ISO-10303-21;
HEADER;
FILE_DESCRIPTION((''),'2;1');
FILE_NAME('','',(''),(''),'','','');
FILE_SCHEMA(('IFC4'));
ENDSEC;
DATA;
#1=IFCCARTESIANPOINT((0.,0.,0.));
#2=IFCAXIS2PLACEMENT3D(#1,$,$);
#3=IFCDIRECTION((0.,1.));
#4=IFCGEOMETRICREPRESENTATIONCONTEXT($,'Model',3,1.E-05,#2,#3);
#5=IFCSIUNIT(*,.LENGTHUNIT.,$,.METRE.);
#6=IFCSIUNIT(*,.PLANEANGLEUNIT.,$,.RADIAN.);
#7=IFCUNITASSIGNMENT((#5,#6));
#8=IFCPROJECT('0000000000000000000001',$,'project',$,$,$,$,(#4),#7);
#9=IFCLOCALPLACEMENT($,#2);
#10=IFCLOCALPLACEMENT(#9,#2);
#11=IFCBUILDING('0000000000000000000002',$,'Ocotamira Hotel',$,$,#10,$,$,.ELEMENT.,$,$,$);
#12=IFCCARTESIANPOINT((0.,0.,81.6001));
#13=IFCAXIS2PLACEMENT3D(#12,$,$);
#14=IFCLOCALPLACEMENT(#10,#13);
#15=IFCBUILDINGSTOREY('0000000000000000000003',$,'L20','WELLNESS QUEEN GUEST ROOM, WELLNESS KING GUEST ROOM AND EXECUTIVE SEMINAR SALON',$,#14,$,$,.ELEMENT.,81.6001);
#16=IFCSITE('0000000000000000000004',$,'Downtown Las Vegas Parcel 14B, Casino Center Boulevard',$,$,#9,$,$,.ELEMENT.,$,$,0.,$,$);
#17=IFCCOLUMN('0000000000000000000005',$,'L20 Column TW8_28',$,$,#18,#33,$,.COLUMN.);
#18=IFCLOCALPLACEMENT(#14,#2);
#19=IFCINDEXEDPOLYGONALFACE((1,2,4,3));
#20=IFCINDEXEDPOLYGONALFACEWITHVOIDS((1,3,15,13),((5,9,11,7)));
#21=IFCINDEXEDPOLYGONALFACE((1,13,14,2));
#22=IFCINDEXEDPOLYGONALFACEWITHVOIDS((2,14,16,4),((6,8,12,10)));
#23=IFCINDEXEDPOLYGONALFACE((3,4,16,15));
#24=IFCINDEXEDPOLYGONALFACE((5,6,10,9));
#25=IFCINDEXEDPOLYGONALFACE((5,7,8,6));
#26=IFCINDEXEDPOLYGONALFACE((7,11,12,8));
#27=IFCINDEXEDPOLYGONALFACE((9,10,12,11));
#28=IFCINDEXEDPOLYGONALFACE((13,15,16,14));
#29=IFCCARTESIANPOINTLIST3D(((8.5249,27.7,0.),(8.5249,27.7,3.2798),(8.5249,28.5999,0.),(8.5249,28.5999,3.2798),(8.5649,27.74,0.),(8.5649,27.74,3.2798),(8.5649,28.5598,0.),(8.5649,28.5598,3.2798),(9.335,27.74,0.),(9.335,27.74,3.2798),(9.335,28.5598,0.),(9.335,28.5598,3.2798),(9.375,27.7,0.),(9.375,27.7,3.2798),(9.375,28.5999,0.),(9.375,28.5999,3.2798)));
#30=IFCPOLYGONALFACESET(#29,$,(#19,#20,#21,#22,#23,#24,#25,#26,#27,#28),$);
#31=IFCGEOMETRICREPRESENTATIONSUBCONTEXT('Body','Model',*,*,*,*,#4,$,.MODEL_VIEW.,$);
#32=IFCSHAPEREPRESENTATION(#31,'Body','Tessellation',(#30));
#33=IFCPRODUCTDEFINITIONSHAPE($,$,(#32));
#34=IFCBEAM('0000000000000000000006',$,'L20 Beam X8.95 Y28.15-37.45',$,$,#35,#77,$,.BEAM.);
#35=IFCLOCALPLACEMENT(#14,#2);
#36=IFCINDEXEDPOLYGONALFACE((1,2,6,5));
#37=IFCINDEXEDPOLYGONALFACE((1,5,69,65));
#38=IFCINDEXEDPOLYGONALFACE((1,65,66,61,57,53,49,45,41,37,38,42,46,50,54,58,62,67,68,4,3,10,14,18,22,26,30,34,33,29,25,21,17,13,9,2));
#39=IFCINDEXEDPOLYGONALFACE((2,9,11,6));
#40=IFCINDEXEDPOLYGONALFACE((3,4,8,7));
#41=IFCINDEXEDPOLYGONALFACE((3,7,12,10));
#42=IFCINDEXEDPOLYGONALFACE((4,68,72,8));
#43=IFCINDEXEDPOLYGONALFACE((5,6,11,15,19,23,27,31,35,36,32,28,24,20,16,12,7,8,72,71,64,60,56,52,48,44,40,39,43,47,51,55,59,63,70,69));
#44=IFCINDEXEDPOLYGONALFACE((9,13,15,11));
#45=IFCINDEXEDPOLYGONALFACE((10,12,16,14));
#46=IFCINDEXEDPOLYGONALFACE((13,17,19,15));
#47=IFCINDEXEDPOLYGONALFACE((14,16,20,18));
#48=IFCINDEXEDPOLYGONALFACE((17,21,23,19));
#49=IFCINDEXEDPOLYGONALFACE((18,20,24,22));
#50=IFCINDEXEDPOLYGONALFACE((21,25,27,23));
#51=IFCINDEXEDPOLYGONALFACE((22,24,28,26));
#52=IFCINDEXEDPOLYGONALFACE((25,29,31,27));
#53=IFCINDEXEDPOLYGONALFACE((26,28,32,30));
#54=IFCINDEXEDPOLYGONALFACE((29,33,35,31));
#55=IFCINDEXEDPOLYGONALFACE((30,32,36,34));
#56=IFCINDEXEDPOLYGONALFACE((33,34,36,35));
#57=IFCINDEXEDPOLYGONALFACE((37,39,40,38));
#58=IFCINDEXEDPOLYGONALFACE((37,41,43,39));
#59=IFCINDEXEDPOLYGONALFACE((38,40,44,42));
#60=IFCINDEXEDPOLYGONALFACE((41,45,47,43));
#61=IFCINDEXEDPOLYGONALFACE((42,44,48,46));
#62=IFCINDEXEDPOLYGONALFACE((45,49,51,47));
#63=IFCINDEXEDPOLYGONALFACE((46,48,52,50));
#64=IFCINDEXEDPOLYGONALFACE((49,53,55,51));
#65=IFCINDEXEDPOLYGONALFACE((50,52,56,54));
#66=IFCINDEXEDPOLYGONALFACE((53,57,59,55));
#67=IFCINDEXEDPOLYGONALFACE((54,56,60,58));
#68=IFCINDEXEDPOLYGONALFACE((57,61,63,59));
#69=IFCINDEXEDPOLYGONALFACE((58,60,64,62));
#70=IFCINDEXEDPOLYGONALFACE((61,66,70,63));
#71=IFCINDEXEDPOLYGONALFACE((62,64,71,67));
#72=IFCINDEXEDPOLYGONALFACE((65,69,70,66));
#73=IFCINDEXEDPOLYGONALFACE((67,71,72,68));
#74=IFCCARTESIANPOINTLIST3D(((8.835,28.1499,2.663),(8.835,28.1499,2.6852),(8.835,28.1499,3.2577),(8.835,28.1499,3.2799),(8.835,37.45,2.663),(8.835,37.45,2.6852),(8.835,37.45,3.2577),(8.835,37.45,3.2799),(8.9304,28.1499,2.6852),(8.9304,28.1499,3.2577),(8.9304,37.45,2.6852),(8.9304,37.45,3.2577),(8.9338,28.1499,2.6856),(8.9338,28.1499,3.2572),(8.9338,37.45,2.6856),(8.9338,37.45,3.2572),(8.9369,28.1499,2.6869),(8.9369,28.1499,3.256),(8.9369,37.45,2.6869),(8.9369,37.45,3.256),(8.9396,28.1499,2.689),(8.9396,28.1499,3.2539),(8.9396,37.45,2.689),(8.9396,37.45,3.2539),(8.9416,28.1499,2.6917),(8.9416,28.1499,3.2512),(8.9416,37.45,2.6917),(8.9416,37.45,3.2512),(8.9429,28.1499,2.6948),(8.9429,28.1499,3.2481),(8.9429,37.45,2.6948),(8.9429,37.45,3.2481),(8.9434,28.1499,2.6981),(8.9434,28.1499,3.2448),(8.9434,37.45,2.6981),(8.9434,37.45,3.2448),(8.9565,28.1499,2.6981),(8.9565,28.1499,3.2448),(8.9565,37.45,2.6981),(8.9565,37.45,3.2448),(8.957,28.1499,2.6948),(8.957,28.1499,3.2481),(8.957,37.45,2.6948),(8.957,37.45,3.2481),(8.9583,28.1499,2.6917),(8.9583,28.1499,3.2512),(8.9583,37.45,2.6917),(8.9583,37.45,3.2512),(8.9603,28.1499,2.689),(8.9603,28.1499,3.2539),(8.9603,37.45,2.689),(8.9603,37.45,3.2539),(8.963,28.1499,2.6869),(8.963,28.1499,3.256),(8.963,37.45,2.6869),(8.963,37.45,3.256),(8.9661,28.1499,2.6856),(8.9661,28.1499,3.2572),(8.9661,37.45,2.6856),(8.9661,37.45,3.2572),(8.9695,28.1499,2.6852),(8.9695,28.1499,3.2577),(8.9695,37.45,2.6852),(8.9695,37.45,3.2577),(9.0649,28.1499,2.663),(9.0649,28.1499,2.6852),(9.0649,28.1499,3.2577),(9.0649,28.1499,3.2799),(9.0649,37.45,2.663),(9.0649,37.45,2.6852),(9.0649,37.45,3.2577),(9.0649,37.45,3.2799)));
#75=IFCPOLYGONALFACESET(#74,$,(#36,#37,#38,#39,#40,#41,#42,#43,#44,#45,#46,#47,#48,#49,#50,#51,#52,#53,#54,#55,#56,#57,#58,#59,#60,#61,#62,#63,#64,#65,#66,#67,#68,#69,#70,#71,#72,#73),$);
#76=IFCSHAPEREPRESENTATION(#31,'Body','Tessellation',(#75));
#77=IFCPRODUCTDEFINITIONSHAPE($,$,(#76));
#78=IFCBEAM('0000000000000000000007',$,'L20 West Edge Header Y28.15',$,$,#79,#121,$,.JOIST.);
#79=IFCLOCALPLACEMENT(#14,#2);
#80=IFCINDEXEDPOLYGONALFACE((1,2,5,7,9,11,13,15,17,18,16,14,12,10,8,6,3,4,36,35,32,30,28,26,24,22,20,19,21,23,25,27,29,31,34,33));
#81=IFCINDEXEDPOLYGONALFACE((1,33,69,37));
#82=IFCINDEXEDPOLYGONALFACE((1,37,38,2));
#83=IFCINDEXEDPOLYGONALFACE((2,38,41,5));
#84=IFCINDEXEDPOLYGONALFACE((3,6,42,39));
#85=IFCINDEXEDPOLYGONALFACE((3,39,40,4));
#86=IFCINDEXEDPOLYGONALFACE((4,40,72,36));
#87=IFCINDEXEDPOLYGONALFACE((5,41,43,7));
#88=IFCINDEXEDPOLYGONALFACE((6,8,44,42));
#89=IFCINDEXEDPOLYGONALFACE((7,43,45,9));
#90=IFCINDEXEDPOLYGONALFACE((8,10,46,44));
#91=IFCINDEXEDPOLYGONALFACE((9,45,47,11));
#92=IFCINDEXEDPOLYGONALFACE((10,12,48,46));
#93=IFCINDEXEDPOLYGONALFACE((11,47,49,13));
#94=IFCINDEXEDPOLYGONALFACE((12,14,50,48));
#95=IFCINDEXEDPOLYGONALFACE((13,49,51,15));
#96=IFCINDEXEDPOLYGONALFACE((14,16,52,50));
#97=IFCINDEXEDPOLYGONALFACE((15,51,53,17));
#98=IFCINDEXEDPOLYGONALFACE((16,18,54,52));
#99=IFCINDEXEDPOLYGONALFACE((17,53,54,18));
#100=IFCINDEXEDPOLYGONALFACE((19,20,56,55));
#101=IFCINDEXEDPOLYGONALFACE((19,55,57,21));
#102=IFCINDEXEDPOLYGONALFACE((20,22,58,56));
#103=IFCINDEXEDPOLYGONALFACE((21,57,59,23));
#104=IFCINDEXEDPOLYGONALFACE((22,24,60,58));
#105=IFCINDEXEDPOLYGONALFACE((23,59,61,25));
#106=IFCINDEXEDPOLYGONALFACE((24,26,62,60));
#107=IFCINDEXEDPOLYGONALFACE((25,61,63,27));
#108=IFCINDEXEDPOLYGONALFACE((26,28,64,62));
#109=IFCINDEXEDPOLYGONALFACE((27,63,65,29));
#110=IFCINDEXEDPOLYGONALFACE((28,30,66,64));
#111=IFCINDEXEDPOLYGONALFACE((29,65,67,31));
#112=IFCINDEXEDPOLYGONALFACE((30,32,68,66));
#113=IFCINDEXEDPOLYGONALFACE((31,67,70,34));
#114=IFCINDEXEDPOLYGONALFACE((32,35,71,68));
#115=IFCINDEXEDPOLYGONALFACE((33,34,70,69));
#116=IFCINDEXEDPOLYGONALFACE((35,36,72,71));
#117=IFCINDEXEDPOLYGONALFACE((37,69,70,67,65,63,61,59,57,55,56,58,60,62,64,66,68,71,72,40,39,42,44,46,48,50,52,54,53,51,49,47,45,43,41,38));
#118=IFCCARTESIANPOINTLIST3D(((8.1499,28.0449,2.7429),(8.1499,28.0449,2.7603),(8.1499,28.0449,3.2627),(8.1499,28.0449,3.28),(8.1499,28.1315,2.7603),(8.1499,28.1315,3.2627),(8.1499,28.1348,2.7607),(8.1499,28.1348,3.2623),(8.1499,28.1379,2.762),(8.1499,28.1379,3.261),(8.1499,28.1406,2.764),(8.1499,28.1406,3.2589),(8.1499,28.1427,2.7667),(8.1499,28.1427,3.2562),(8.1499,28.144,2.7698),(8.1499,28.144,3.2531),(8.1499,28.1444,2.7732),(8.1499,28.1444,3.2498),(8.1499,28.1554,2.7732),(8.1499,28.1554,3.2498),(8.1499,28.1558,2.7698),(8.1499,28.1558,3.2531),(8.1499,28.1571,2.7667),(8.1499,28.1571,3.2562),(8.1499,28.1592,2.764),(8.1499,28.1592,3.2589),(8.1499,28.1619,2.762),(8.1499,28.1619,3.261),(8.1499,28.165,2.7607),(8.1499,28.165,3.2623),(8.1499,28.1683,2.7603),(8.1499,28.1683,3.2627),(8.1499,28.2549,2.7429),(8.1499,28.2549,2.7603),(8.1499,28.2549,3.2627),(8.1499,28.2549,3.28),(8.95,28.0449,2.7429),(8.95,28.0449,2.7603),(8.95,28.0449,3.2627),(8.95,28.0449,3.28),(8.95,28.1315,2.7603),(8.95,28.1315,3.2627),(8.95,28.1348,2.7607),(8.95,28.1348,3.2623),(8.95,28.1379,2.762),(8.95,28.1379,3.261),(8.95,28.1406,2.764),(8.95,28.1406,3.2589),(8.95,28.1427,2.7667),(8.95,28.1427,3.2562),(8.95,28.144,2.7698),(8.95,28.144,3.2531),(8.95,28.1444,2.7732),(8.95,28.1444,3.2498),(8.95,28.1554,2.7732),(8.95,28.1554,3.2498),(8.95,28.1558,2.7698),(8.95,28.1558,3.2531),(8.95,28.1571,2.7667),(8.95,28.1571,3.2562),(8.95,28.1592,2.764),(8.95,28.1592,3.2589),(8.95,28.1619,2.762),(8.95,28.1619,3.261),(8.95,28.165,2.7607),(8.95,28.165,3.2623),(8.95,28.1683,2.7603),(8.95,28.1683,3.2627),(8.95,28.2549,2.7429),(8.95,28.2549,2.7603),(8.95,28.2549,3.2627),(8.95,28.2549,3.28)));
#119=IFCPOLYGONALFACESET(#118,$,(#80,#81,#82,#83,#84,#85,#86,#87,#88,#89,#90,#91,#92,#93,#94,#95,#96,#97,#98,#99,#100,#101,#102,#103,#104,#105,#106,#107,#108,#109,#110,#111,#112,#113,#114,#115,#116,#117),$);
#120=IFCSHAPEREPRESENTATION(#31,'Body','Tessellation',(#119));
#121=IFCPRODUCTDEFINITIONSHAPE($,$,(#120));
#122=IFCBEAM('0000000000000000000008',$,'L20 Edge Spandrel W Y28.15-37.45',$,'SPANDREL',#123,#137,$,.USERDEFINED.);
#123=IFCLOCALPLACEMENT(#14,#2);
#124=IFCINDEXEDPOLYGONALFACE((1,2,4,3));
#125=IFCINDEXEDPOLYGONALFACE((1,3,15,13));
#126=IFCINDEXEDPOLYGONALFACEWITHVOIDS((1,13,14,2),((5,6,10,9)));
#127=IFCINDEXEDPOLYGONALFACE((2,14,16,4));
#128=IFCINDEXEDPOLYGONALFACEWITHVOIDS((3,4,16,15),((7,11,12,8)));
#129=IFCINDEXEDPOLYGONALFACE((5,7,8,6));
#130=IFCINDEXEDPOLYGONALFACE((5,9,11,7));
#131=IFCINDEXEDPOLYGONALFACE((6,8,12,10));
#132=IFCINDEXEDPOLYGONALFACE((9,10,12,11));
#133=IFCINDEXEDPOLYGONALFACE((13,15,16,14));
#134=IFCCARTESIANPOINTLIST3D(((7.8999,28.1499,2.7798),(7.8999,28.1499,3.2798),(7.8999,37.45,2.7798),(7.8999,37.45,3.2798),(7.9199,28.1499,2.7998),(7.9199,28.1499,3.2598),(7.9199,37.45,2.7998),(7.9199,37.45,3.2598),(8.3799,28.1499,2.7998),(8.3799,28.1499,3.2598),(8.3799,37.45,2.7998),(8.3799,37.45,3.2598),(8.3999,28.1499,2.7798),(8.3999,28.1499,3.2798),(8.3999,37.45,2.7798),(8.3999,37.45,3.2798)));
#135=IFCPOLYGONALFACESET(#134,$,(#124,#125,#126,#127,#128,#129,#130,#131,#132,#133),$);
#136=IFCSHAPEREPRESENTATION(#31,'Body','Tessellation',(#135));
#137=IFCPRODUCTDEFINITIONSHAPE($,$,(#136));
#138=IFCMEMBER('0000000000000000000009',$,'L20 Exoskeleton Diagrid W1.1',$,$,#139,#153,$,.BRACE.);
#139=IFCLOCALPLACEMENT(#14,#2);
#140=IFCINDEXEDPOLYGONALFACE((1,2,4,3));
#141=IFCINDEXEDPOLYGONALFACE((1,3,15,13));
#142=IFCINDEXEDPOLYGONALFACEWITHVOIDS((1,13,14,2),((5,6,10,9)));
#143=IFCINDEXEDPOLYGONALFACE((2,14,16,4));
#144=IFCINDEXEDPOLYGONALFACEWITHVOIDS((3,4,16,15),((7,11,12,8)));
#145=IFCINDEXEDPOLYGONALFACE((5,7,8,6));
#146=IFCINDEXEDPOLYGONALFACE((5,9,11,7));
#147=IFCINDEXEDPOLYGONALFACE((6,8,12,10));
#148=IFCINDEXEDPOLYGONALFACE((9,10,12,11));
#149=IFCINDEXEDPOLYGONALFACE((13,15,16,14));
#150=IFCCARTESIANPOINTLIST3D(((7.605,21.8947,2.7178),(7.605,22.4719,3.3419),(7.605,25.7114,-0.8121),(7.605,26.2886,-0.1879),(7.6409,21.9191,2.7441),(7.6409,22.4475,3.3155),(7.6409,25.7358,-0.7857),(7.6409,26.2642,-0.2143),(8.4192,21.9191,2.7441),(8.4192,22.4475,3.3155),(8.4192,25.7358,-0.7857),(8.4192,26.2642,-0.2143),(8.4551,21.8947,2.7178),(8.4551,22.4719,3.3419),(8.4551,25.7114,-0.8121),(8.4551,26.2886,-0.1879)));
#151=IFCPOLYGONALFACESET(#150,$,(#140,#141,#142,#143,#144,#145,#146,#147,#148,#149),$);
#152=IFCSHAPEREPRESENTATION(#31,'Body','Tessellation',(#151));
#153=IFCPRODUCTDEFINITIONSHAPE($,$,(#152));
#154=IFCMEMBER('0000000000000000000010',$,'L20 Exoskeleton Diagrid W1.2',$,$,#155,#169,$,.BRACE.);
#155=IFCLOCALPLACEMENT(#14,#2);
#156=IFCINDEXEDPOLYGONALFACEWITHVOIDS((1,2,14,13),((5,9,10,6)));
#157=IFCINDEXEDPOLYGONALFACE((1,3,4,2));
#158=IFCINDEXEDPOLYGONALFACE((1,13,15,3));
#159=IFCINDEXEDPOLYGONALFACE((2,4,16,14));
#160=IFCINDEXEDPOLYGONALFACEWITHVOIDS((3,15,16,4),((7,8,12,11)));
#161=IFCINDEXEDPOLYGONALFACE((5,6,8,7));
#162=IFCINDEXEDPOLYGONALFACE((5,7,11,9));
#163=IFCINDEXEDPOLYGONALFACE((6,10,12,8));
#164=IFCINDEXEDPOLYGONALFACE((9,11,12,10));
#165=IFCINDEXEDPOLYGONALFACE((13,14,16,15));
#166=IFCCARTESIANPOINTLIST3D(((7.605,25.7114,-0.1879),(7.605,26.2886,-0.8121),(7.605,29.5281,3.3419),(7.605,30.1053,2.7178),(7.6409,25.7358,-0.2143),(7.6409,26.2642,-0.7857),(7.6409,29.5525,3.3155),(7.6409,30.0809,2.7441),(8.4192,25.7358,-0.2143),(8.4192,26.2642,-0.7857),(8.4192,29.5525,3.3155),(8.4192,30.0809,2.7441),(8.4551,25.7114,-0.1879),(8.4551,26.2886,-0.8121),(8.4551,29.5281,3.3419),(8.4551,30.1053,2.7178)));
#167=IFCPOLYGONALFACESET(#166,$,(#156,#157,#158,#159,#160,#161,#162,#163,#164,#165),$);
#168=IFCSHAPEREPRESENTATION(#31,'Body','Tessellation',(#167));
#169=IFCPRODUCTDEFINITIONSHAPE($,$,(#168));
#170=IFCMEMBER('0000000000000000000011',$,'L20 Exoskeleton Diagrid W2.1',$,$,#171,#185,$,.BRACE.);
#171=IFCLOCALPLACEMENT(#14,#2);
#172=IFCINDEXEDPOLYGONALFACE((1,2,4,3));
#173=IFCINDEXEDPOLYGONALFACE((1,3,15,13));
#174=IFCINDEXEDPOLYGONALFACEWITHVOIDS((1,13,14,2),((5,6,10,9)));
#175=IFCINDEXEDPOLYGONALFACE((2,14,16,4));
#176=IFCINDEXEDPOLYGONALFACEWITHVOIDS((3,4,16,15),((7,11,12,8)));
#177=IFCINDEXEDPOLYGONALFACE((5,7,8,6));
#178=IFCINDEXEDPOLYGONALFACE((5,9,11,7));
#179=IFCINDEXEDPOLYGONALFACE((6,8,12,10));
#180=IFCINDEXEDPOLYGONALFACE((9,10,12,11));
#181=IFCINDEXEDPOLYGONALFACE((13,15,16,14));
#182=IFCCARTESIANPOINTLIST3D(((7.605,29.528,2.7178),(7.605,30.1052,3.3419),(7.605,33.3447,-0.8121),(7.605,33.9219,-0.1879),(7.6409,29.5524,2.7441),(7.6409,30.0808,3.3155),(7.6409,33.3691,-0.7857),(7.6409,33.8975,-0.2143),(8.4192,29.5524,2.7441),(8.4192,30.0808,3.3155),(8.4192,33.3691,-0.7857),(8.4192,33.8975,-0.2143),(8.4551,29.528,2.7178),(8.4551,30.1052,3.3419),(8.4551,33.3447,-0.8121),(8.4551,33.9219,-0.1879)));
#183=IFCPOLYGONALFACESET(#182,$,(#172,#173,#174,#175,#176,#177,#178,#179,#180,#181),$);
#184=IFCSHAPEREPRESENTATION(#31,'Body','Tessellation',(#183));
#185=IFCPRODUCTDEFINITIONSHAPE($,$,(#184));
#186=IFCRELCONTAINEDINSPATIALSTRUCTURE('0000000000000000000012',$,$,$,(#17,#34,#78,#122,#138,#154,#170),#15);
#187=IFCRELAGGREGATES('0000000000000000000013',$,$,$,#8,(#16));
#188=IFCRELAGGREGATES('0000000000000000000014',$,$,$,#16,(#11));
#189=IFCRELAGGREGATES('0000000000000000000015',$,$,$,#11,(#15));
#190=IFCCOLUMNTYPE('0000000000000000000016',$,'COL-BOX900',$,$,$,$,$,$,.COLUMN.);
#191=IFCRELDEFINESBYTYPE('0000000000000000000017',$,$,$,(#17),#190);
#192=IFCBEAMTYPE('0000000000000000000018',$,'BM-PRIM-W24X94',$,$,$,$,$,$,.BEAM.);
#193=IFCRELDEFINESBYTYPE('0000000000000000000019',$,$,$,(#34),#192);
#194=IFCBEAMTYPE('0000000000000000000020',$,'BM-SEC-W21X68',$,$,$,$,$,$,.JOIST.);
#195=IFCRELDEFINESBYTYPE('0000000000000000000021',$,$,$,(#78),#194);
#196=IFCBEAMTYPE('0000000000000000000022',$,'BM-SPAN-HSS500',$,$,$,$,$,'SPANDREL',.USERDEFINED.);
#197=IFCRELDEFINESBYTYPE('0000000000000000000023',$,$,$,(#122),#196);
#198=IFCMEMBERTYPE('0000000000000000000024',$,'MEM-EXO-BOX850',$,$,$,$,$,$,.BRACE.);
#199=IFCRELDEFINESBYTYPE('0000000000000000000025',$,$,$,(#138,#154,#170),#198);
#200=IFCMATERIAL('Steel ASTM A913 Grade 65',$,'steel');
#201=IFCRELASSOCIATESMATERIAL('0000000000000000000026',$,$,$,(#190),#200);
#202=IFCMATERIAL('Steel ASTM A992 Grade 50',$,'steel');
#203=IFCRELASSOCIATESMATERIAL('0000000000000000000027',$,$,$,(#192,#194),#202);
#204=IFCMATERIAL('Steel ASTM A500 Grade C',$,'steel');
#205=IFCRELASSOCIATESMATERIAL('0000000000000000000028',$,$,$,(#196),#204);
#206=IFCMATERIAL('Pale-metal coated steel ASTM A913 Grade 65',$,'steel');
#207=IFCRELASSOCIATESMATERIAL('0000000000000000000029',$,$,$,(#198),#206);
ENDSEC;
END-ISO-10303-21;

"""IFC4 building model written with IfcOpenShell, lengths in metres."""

from ifc_helpers import new_model, si_unit, direction, frame, origin, origin_2d, place, context, subcontext, project, spatial, hollow_rectangle, i_section, extrude, source, transform, mapped, material, material_profile, profile_set, type_object, element, save


model = new_model("IFC4")

# Units and contexts
model_context = context("Model", 3, precision=1e-05, world=origin(), true_north=direction((0.0, 1.0)))
body_context = subcontext(model_context, "Body", "Model", "MODEL_VIEW")
ifc_project = project(units=[si_unit("LENGTHUNIT", "METRE"), si_unit("PLANEANGLEUNIT", "RADIAN")], contexts=[model_context])

# Site, building, storey
site_placement = place(None, origin())
site = spatial("IfcSite", under=ifc_project, at=site_placement, Name="Downtown Las Vegas Parcel 14B, Casino Center Boulevard", CompositionType="ELEMENT", RefElevation=0.0)
building_placement = place(site_placement, origin())
building = spatial("IfcBuilding", under=site, at=building_placement, Name="Ocotamira Hotel", CompositionType="ELEMENT")
storey_placement = place(building_placement, frame((0.0, 0.0, 81.6001)))
storey = spatial("IfcBuildingStorey", under=building, at=storey_placement, Name="L20", Description="WELLNESS QUEEN GUEST ROOM, WELLNESS KING GUEST ROOM AND EXECUTIVE SEMINAR SALON", CompositionType="ELEMENT", Elevation=81.6001)

# Column
ifc_material_1 = material(Name="Steel ASTM A913 Grade 65", Category="steel")
ifc_material_profile_1 = material_profile(ifc_material_1, hollow_rectangle(XDim=0.8501, YDim=0.8999, WallThickness=0.04, at=origin_2d()), Name="BOX900X850X40")
ifc_profile_set_1 = profile_set([ifc_material_profile_1], Name="Steel ASTM A913 Grade 65")
column_type = type_object("IfcColumnType", Name="COL-BOX900", PredefinedType="COLUMN", material=ifc_profile_set_1)
shared_shape_1 = source(origin(), body_context, "Body", "SweptSolid", [
    extrude(hollow_rectangle(XDim=0.8501, YDim=0.8999, WallThickness=0.04, at=origin_2d()), origin(), (0.0, 0.0, 1.0), 3.2798),
])
column_placement = place(storey_placement, frame((8.95, 28.1499, 0.0), z_axis=(0.0, 0.0, 1.0), x_axis=(1.0, 0.0, 0.0)))
element("IfcColumn", 1, at=column_placement, inside=storey, type_object=column_type, Name="L20 Column TW8_28", PredefinedType="COLUMN", context=body_context, shape_type="MappedRepresentation", body=[
    mapped(shared_shape_1, transform((0.0, 0.0, 0.0), scale=1.0)),
])

# Beams
ifc_material_2 = material(Name="Steel ASTM A992 Grade 50", Category="steel")
ifc_material_profile_2 = material_profile(ifc_material_2, i_section(OverallWidth=0.23, OverallDepth=0.6169, WebThickness=0.0132, FlangeThickness=0.0222, FilletRadius=0.0129, at=origin_2d()), Name="W24X94")
ifc_profile_set_2 = profile_set([ifc_material_profile_2], Name="Steel ASTM A992 Grade 50")
beam_type_1 = type_object("IfcBeamType", Name="BM-PRIM-W24X94", PredefinedType="BEAM", material=ifc_profile_set_2)
shared_shape_2 = source(origin(), body_context, "Body", "SweptSolid", [
    extrude(i_section(OverallWidth=0.23, OverallDepth=0.6169, WebThickness=0.0132, FlangeThickness=0.0222, FilletRadius=0.0129, at=origin_2d()), origin(), (0.0, 0.0, 1.0), 9.3),
])
beam_1_placement = place(storey_placement, frame((8.95, 28.1499, 2.9714), z_axis=(0.0, 1.0, 0.0), x_axis=(-1.0, 0.0, 0.0)))
element("IfcBeam", 2, at=beam_1_placement, inside=storey, type_object=beam_type_1, Name="L20 Beam X8.95 Y28.15-37.45", PredefinedType="BEAM", context=body_context, shape_type="MappedRepresentation", body=[
    mapped(shared_shape_2, transform((0.0, 0.0, 0.0), scale=1.0)),
])
ifc_material_profile_3 = material_profile(ifc_material_2, i_section(OverallWidth=0.21, OverallDepth=0.5371, WebThickness=0.011, FlangeThickness=0.0173, FilletRadius=0.0129, at=origin_2d()), Name="W21X68")
ifc_profile_set_3 = profile_set([ifc_material_profile_3], Name="Steel ASTM A992 Grade 50")
beam_type_2 = type_object("IfcBeamType", Name="BM-SEC-W21X68", PredefinedType="JOIST", material=ifc_profile_set_3)
shared_shape_3 = source(origin(), body_context, "Body", "SweptSolid", [
    extrude(i_section(OverallWidth=0.21, OverallDepth=0.5371, WebThickness=0.011, FlangeThickness=0.0173, FilletRadius=0.0129, at=origin_2d()), origin(), (0.0, 0.0, 1.0), 0.8),
])
beam_2_placement = place(storey_placement, frame((8.95, 28.1499, 3.0115), z_axis=(-1.0, 0.0, 0.0), x_axis=(0.0, -1.0, 0.0)))
element("IfcBeam", 3, at=beam_2_placement, inside=storey, type_object=beam_type_2, Name="L20 West Edge Header Y28.15", PredefinedType="JOIST", context=body_context, shape_type="MappedRepresentation", body=[
    mapped(shared_shape_3, transform((0.0, 0.0, 0.0), scale=1.0)),
])
ifc_material_3 = material(Name="Steel ASTM A500 Grade C", Category="steel")
ifc_material_profile_4 = material_profile(ifc_material_3, hollow_rectangle(XDim=0.5, YDim=0.5, WallThickness=0.02, at=origin_2d()), Name="HSS500X500X20")
ifc_profile_set_4 = profile_set([ifc_material_profile_4], Name="Steel ASTM A500 Grade C")
beam_type_3 = type_object("IfcBeamType", Name="BM-SPAN-HSS500", ElementType="SPANDREL", PredefinedType="USERDEFINED", material=ifc_profile_set_4)
shared_shape_4 = source(origin(), body_context, "Body", "SweptSolid", [
    extrude(hollow_rectangle(XDim=0.5, YDim=0.5, WallThickness=0.02, at=origin_2d()), origin(), (0.0, 0.0, 1.0), 9.3),
])
beam_3_placement = place(storey_placement, frame((8.1499, 28.1499, 3.0298), z_axis=(0.0, 1.0, 0.0), x_axis=(-1.0, 0.0, 0.0)))
element("IfcBeam", 4, at=beam_3_placement, inside=storey, type_object=beam_type_3, Name="L20 Edge Spandrel W Y28.15-37.45", ObjectType="SPANDREL", PredefinedType="USERDEFINED", context=body_context, shape_type="MappedRepresentation", body=[
    mapped(shared_shape_4, transform((0.0, 0.0, 0.0), scale=1.0)),
])

# Members
ifc_material_4 = material(Name="Pale-metal coated steel ASTM A913 Grade 65", Category="steel")
ifc_material_profile_5 = material_profile(ifc_material_4, hollow_rectangle(XDim=0.8501, YDim=0.8501, WallThickness=0.0359, at=origin_2d()), Name="BOX850X850X36")
ifc_profile_set_5 = profile_set([ifc_material_profile_5], Name="Pale-metal coated steel ASTM A913 Grade 65")
member_type_1 = type_object("IfcMemberType", Name="MEM-EXO-BOX850", PredefinedType="BRACE", material=ifc_profile_set_5)
shared_shape_5 = source(origin(), body_context, "Body", "SweptSolid", [
    extrude(hollow_rectangle(XDim=0.8501, YDim=0.8501, WallThickness=0.0359, at=origin_2d()), origin(), (0.0, 0.0, 1.0), 5.1987),
])
for number, where, z_axis, x_axis, name in (
    (5, (8.03, 26.0, -0.5), (0.0, -0.734159, 0.678978), (1.0, 0.0, 0.0), "L20 Exoskeleton Diagrid W1.1"),
    (6, (8.03, 26.0, -0.5), (0.0, 0.734159, 0.678978), (-1.0, 0.0, 0.0), "L20 Exoskeleton Diagrid W1.2"),
    (7, (8.03, 33.6333, -0.5), (0.0, -0.734159, 0.678978), (1.0, 0.0, 0.0), "L20 Exoskeleton Diagrid W2.1"),
):
    element("IfcMember", number, at=place(storey_placement, frame(where, z_axis=z_axis, x_axis=x_axis)), inside=storey, type_object=member_type_1, Name=name, PredefinedType="BRACE", context=body_context, shape_type="MappedRepresentation", body=[
        mapped(shared_shape_5, transform((0.0, 0.0, 0.0), scale=1.0)),
    ])

save(model, "model.ifc")
